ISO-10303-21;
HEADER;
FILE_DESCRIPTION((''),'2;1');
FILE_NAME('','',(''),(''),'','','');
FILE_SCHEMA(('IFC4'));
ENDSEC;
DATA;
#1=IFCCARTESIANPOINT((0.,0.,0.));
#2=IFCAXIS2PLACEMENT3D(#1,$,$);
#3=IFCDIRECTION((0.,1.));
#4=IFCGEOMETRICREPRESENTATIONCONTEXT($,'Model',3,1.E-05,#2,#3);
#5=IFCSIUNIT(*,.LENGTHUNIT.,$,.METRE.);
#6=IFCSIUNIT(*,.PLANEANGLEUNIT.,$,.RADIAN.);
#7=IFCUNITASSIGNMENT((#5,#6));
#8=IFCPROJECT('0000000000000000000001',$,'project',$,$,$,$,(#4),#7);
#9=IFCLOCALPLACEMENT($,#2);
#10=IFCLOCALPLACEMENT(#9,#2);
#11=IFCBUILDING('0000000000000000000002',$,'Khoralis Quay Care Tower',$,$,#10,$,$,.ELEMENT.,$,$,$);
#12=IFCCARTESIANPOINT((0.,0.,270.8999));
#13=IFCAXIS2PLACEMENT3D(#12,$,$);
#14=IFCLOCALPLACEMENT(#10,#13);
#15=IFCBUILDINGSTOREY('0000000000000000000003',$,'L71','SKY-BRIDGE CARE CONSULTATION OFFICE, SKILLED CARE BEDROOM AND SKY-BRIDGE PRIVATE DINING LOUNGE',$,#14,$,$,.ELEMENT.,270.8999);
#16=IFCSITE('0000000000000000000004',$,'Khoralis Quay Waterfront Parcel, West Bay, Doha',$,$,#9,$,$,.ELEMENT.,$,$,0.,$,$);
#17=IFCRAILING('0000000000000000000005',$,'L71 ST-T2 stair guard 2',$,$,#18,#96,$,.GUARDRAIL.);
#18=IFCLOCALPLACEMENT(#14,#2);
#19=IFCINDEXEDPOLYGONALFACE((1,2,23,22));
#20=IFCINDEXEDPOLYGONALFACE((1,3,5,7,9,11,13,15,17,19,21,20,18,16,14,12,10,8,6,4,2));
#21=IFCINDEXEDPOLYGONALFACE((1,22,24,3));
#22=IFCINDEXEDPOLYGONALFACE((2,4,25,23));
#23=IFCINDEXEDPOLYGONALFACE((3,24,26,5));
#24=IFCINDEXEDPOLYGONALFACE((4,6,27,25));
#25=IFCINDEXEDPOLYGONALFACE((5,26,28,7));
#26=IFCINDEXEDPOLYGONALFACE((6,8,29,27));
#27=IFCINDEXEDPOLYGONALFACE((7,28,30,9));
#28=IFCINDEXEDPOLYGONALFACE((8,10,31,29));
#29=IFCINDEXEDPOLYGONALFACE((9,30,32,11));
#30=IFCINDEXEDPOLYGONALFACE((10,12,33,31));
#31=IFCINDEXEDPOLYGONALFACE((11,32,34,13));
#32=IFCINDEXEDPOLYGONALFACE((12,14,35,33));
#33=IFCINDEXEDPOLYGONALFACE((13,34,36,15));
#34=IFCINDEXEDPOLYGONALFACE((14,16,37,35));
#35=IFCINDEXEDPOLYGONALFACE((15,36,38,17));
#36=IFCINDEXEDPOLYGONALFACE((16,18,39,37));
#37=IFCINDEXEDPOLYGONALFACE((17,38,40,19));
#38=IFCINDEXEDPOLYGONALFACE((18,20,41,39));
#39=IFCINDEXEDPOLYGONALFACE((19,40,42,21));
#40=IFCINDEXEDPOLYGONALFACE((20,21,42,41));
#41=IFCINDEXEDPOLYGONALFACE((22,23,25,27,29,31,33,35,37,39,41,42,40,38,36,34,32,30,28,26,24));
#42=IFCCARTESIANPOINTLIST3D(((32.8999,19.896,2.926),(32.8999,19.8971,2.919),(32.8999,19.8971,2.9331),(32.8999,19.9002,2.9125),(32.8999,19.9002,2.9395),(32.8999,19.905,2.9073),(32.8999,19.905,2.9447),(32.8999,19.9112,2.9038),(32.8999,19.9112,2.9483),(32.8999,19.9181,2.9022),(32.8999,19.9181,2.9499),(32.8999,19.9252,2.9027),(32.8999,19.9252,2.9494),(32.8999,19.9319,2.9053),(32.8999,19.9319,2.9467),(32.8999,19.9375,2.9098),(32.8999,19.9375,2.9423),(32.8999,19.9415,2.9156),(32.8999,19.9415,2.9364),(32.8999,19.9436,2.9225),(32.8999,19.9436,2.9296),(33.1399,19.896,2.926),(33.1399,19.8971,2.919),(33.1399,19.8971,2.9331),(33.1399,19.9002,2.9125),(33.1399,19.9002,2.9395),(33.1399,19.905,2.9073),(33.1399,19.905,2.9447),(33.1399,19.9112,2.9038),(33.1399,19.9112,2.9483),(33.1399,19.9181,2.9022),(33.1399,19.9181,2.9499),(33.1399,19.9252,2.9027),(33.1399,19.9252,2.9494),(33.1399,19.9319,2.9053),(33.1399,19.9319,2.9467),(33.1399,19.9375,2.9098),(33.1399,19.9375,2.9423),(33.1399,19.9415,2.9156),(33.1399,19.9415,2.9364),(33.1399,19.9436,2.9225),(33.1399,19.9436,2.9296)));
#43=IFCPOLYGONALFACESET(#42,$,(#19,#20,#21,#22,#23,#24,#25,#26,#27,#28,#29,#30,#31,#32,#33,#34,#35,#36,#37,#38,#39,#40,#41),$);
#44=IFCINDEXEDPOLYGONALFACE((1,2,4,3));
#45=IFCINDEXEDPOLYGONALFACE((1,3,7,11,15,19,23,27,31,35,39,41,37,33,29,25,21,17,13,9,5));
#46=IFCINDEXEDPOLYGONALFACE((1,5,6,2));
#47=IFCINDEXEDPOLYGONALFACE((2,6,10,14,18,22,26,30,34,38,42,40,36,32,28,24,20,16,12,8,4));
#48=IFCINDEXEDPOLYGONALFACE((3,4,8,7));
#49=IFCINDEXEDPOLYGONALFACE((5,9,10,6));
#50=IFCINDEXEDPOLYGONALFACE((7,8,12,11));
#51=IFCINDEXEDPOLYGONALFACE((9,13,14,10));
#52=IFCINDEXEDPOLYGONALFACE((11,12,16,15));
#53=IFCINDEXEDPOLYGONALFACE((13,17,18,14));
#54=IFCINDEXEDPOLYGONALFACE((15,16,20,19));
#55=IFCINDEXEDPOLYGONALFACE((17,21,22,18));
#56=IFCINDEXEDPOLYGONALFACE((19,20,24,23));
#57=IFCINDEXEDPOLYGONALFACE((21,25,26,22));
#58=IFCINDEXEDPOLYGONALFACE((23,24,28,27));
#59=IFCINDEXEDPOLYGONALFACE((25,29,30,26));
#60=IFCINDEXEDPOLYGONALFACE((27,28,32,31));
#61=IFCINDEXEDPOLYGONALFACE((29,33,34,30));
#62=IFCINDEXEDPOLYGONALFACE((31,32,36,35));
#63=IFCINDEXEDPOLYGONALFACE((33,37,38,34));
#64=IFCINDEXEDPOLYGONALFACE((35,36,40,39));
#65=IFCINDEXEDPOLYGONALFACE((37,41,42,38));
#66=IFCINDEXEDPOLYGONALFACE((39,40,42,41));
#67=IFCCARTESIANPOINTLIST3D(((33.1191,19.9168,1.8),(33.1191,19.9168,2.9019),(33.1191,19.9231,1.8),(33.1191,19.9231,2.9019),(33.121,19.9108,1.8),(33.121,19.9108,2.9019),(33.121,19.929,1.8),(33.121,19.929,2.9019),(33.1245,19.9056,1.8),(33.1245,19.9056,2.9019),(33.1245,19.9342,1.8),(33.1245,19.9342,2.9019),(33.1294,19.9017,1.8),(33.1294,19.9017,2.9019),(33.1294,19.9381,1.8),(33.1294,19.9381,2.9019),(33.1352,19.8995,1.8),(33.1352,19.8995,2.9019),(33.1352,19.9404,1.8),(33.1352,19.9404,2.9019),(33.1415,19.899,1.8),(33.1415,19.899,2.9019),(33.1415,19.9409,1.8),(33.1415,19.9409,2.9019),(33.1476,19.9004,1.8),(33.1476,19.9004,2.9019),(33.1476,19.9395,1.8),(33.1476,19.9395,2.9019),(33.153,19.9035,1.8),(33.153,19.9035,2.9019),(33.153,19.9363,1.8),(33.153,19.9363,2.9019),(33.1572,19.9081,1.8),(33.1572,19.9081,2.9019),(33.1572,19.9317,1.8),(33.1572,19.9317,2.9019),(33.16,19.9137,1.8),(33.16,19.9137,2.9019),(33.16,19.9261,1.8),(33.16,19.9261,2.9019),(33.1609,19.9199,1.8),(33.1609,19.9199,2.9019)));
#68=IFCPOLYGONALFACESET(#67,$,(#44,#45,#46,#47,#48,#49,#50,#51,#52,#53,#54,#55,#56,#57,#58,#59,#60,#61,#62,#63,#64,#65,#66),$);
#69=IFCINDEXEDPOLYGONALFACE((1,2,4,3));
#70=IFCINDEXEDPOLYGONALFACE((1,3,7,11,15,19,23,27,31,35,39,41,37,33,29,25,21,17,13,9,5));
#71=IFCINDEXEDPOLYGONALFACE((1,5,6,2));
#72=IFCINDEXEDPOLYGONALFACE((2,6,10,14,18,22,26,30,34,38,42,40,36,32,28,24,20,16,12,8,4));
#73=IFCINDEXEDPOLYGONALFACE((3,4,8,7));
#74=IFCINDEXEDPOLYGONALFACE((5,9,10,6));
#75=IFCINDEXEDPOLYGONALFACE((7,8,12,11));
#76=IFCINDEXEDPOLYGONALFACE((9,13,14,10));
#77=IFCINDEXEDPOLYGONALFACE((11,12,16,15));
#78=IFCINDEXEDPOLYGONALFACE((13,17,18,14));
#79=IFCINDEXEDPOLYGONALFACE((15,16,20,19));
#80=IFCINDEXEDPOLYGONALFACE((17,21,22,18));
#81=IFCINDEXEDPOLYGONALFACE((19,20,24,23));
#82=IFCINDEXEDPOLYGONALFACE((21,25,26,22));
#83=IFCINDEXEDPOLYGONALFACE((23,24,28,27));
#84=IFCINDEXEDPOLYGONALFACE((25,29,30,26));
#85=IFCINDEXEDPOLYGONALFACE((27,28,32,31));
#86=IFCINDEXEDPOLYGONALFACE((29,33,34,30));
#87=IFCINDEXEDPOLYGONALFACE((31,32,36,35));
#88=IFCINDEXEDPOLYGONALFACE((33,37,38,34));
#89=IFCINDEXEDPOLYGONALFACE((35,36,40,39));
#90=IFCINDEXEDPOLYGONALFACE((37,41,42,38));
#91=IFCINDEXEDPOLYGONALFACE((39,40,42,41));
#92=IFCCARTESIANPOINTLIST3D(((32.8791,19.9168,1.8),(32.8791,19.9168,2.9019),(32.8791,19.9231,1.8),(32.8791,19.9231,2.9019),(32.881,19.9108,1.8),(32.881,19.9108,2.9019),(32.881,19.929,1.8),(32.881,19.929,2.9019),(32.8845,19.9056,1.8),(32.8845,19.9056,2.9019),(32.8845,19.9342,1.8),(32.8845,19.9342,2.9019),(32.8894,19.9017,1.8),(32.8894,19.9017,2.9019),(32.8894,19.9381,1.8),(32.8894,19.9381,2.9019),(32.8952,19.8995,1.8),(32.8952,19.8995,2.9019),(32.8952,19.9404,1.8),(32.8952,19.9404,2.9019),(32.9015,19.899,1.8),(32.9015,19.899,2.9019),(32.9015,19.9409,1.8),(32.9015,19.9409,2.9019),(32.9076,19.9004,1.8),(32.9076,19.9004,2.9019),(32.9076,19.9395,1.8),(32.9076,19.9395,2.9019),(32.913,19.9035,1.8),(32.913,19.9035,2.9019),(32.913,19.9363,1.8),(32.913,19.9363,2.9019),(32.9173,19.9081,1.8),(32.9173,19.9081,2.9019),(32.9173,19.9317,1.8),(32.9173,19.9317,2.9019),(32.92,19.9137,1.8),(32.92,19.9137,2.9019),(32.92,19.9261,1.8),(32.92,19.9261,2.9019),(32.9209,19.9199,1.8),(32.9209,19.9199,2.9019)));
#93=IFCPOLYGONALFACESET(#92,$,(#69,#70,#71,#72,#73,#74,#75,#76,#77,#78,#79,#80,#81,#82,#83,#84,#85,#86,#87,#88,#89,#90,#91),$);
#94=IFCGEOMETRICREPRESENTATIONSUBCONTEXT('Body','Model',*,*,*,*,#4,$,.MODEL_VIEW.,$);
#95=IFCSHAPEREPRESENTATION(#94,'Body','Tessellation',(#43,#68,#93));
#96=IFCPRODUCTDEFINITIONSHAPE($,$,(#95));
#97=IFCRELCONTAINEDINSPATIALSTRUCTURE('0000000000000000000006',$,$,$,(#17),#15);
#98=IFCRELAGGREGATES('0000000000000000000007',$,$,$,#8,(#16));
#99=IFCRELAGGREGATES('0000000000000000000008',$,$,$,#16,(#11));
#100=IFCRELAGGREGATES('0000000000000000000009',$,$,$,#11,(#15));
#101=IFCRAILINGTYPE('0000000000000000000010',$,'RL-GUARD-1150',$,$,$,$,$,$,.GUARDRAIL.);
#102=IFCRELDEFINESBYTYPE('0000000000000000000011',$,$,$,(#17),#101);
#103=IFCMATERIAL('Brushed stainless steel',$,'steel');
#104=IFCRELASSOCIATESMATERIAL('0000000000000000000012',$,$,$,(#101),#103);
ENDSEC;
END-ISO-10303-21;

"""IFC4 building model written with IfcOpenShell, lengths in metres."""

from ifc_helpers import new_model, si_unit, direction, frame, origin, origin_2d, place, context, subcontext, project, spatial, circle, extrude, material, type_object, element, save


model = new_model("IFC4")

# Units and contexts
model_context = context("Model", 3, precision=1e-05, world=origin(), true_north=direction((0.0, 1.0)))
body_context = subcontext(model_context, "Body", "Model", "MODEL_VIEW")
ifc_project = project(units=[si_unit("LENGTHUNIT", "METRE"), si_unit("PLANEANGLEUNIT", "RADIAN")], contexts=[model_context])

# Site, building, storey
site_placement = place(None, origin())
site = spatial("IfcSite", under=ifc_project, at=site_placement, Name="Khoralis Quay Waterfront Parcel, West Bay, Doha", CompositionType="ELEMENT", RefElevation=0.0)
building_placement = place(site_placement, origin())
building = spatial("IfcBuilding", under=site, at=building_placement, Name="Khoralis Quay Care Tower", CompositionType="ELEMENT")
storey_placement = place(building_placement, frame((0.0, 0.0, 270.8999)))
storey = spatial("IfcBuildingStorey", under=building, at=storey_placement, Name="L71", Description="SKY-BRIDGE CARE CONSULTATION OFFICE, SKILLED CARE BEDROOM AND SKY-BRIDGE PRIVATE DINING LOUNGE", CompositionType="ELEMENT", Elevation=270.8999)

# Railing
ifc_material_1 = material(Name="Brushed stainless steel", Category="steel")
railing_type_1 = type_object("IfcRailingType", Name="RL-GUARD-1150", PredefinedType="GUARDRAIL", material=ifc_material_1)
railing_1_placement = place(storey_placement, frame((33.1399, 19.9199, 1.8)))
element("IfcRailing", 1, at=railing_1_placement, inside=storey, type_object=railing_type_1, Name="L71 ST-T2 stair guard 2", PredefinedType="GUARDRAIL", context=body_context, shape_type="SweptSolid", body=[
    extrude(circle(Radius=0.0239, at=origin_2d()), frame((0.0, 0.0, 1.126), z_axis=(-1.0, 0.0, 0.0), x_axis=(0.0, -1.0, 0.0)), (0.0, 0.0, 1.0), 0.24),
    extrude(circle(Radius=0.021, at=origin_2d()), origin(), (0.0, 0.0, 1.0), 1.1018),
    extrude(circle(Radius=0.021, at=origin_2d()), frame((-0.24, 0.0, 0.0)), (0.0, 0.0, 1.0), 1.1018),
])

save(model, "model.ifc")
